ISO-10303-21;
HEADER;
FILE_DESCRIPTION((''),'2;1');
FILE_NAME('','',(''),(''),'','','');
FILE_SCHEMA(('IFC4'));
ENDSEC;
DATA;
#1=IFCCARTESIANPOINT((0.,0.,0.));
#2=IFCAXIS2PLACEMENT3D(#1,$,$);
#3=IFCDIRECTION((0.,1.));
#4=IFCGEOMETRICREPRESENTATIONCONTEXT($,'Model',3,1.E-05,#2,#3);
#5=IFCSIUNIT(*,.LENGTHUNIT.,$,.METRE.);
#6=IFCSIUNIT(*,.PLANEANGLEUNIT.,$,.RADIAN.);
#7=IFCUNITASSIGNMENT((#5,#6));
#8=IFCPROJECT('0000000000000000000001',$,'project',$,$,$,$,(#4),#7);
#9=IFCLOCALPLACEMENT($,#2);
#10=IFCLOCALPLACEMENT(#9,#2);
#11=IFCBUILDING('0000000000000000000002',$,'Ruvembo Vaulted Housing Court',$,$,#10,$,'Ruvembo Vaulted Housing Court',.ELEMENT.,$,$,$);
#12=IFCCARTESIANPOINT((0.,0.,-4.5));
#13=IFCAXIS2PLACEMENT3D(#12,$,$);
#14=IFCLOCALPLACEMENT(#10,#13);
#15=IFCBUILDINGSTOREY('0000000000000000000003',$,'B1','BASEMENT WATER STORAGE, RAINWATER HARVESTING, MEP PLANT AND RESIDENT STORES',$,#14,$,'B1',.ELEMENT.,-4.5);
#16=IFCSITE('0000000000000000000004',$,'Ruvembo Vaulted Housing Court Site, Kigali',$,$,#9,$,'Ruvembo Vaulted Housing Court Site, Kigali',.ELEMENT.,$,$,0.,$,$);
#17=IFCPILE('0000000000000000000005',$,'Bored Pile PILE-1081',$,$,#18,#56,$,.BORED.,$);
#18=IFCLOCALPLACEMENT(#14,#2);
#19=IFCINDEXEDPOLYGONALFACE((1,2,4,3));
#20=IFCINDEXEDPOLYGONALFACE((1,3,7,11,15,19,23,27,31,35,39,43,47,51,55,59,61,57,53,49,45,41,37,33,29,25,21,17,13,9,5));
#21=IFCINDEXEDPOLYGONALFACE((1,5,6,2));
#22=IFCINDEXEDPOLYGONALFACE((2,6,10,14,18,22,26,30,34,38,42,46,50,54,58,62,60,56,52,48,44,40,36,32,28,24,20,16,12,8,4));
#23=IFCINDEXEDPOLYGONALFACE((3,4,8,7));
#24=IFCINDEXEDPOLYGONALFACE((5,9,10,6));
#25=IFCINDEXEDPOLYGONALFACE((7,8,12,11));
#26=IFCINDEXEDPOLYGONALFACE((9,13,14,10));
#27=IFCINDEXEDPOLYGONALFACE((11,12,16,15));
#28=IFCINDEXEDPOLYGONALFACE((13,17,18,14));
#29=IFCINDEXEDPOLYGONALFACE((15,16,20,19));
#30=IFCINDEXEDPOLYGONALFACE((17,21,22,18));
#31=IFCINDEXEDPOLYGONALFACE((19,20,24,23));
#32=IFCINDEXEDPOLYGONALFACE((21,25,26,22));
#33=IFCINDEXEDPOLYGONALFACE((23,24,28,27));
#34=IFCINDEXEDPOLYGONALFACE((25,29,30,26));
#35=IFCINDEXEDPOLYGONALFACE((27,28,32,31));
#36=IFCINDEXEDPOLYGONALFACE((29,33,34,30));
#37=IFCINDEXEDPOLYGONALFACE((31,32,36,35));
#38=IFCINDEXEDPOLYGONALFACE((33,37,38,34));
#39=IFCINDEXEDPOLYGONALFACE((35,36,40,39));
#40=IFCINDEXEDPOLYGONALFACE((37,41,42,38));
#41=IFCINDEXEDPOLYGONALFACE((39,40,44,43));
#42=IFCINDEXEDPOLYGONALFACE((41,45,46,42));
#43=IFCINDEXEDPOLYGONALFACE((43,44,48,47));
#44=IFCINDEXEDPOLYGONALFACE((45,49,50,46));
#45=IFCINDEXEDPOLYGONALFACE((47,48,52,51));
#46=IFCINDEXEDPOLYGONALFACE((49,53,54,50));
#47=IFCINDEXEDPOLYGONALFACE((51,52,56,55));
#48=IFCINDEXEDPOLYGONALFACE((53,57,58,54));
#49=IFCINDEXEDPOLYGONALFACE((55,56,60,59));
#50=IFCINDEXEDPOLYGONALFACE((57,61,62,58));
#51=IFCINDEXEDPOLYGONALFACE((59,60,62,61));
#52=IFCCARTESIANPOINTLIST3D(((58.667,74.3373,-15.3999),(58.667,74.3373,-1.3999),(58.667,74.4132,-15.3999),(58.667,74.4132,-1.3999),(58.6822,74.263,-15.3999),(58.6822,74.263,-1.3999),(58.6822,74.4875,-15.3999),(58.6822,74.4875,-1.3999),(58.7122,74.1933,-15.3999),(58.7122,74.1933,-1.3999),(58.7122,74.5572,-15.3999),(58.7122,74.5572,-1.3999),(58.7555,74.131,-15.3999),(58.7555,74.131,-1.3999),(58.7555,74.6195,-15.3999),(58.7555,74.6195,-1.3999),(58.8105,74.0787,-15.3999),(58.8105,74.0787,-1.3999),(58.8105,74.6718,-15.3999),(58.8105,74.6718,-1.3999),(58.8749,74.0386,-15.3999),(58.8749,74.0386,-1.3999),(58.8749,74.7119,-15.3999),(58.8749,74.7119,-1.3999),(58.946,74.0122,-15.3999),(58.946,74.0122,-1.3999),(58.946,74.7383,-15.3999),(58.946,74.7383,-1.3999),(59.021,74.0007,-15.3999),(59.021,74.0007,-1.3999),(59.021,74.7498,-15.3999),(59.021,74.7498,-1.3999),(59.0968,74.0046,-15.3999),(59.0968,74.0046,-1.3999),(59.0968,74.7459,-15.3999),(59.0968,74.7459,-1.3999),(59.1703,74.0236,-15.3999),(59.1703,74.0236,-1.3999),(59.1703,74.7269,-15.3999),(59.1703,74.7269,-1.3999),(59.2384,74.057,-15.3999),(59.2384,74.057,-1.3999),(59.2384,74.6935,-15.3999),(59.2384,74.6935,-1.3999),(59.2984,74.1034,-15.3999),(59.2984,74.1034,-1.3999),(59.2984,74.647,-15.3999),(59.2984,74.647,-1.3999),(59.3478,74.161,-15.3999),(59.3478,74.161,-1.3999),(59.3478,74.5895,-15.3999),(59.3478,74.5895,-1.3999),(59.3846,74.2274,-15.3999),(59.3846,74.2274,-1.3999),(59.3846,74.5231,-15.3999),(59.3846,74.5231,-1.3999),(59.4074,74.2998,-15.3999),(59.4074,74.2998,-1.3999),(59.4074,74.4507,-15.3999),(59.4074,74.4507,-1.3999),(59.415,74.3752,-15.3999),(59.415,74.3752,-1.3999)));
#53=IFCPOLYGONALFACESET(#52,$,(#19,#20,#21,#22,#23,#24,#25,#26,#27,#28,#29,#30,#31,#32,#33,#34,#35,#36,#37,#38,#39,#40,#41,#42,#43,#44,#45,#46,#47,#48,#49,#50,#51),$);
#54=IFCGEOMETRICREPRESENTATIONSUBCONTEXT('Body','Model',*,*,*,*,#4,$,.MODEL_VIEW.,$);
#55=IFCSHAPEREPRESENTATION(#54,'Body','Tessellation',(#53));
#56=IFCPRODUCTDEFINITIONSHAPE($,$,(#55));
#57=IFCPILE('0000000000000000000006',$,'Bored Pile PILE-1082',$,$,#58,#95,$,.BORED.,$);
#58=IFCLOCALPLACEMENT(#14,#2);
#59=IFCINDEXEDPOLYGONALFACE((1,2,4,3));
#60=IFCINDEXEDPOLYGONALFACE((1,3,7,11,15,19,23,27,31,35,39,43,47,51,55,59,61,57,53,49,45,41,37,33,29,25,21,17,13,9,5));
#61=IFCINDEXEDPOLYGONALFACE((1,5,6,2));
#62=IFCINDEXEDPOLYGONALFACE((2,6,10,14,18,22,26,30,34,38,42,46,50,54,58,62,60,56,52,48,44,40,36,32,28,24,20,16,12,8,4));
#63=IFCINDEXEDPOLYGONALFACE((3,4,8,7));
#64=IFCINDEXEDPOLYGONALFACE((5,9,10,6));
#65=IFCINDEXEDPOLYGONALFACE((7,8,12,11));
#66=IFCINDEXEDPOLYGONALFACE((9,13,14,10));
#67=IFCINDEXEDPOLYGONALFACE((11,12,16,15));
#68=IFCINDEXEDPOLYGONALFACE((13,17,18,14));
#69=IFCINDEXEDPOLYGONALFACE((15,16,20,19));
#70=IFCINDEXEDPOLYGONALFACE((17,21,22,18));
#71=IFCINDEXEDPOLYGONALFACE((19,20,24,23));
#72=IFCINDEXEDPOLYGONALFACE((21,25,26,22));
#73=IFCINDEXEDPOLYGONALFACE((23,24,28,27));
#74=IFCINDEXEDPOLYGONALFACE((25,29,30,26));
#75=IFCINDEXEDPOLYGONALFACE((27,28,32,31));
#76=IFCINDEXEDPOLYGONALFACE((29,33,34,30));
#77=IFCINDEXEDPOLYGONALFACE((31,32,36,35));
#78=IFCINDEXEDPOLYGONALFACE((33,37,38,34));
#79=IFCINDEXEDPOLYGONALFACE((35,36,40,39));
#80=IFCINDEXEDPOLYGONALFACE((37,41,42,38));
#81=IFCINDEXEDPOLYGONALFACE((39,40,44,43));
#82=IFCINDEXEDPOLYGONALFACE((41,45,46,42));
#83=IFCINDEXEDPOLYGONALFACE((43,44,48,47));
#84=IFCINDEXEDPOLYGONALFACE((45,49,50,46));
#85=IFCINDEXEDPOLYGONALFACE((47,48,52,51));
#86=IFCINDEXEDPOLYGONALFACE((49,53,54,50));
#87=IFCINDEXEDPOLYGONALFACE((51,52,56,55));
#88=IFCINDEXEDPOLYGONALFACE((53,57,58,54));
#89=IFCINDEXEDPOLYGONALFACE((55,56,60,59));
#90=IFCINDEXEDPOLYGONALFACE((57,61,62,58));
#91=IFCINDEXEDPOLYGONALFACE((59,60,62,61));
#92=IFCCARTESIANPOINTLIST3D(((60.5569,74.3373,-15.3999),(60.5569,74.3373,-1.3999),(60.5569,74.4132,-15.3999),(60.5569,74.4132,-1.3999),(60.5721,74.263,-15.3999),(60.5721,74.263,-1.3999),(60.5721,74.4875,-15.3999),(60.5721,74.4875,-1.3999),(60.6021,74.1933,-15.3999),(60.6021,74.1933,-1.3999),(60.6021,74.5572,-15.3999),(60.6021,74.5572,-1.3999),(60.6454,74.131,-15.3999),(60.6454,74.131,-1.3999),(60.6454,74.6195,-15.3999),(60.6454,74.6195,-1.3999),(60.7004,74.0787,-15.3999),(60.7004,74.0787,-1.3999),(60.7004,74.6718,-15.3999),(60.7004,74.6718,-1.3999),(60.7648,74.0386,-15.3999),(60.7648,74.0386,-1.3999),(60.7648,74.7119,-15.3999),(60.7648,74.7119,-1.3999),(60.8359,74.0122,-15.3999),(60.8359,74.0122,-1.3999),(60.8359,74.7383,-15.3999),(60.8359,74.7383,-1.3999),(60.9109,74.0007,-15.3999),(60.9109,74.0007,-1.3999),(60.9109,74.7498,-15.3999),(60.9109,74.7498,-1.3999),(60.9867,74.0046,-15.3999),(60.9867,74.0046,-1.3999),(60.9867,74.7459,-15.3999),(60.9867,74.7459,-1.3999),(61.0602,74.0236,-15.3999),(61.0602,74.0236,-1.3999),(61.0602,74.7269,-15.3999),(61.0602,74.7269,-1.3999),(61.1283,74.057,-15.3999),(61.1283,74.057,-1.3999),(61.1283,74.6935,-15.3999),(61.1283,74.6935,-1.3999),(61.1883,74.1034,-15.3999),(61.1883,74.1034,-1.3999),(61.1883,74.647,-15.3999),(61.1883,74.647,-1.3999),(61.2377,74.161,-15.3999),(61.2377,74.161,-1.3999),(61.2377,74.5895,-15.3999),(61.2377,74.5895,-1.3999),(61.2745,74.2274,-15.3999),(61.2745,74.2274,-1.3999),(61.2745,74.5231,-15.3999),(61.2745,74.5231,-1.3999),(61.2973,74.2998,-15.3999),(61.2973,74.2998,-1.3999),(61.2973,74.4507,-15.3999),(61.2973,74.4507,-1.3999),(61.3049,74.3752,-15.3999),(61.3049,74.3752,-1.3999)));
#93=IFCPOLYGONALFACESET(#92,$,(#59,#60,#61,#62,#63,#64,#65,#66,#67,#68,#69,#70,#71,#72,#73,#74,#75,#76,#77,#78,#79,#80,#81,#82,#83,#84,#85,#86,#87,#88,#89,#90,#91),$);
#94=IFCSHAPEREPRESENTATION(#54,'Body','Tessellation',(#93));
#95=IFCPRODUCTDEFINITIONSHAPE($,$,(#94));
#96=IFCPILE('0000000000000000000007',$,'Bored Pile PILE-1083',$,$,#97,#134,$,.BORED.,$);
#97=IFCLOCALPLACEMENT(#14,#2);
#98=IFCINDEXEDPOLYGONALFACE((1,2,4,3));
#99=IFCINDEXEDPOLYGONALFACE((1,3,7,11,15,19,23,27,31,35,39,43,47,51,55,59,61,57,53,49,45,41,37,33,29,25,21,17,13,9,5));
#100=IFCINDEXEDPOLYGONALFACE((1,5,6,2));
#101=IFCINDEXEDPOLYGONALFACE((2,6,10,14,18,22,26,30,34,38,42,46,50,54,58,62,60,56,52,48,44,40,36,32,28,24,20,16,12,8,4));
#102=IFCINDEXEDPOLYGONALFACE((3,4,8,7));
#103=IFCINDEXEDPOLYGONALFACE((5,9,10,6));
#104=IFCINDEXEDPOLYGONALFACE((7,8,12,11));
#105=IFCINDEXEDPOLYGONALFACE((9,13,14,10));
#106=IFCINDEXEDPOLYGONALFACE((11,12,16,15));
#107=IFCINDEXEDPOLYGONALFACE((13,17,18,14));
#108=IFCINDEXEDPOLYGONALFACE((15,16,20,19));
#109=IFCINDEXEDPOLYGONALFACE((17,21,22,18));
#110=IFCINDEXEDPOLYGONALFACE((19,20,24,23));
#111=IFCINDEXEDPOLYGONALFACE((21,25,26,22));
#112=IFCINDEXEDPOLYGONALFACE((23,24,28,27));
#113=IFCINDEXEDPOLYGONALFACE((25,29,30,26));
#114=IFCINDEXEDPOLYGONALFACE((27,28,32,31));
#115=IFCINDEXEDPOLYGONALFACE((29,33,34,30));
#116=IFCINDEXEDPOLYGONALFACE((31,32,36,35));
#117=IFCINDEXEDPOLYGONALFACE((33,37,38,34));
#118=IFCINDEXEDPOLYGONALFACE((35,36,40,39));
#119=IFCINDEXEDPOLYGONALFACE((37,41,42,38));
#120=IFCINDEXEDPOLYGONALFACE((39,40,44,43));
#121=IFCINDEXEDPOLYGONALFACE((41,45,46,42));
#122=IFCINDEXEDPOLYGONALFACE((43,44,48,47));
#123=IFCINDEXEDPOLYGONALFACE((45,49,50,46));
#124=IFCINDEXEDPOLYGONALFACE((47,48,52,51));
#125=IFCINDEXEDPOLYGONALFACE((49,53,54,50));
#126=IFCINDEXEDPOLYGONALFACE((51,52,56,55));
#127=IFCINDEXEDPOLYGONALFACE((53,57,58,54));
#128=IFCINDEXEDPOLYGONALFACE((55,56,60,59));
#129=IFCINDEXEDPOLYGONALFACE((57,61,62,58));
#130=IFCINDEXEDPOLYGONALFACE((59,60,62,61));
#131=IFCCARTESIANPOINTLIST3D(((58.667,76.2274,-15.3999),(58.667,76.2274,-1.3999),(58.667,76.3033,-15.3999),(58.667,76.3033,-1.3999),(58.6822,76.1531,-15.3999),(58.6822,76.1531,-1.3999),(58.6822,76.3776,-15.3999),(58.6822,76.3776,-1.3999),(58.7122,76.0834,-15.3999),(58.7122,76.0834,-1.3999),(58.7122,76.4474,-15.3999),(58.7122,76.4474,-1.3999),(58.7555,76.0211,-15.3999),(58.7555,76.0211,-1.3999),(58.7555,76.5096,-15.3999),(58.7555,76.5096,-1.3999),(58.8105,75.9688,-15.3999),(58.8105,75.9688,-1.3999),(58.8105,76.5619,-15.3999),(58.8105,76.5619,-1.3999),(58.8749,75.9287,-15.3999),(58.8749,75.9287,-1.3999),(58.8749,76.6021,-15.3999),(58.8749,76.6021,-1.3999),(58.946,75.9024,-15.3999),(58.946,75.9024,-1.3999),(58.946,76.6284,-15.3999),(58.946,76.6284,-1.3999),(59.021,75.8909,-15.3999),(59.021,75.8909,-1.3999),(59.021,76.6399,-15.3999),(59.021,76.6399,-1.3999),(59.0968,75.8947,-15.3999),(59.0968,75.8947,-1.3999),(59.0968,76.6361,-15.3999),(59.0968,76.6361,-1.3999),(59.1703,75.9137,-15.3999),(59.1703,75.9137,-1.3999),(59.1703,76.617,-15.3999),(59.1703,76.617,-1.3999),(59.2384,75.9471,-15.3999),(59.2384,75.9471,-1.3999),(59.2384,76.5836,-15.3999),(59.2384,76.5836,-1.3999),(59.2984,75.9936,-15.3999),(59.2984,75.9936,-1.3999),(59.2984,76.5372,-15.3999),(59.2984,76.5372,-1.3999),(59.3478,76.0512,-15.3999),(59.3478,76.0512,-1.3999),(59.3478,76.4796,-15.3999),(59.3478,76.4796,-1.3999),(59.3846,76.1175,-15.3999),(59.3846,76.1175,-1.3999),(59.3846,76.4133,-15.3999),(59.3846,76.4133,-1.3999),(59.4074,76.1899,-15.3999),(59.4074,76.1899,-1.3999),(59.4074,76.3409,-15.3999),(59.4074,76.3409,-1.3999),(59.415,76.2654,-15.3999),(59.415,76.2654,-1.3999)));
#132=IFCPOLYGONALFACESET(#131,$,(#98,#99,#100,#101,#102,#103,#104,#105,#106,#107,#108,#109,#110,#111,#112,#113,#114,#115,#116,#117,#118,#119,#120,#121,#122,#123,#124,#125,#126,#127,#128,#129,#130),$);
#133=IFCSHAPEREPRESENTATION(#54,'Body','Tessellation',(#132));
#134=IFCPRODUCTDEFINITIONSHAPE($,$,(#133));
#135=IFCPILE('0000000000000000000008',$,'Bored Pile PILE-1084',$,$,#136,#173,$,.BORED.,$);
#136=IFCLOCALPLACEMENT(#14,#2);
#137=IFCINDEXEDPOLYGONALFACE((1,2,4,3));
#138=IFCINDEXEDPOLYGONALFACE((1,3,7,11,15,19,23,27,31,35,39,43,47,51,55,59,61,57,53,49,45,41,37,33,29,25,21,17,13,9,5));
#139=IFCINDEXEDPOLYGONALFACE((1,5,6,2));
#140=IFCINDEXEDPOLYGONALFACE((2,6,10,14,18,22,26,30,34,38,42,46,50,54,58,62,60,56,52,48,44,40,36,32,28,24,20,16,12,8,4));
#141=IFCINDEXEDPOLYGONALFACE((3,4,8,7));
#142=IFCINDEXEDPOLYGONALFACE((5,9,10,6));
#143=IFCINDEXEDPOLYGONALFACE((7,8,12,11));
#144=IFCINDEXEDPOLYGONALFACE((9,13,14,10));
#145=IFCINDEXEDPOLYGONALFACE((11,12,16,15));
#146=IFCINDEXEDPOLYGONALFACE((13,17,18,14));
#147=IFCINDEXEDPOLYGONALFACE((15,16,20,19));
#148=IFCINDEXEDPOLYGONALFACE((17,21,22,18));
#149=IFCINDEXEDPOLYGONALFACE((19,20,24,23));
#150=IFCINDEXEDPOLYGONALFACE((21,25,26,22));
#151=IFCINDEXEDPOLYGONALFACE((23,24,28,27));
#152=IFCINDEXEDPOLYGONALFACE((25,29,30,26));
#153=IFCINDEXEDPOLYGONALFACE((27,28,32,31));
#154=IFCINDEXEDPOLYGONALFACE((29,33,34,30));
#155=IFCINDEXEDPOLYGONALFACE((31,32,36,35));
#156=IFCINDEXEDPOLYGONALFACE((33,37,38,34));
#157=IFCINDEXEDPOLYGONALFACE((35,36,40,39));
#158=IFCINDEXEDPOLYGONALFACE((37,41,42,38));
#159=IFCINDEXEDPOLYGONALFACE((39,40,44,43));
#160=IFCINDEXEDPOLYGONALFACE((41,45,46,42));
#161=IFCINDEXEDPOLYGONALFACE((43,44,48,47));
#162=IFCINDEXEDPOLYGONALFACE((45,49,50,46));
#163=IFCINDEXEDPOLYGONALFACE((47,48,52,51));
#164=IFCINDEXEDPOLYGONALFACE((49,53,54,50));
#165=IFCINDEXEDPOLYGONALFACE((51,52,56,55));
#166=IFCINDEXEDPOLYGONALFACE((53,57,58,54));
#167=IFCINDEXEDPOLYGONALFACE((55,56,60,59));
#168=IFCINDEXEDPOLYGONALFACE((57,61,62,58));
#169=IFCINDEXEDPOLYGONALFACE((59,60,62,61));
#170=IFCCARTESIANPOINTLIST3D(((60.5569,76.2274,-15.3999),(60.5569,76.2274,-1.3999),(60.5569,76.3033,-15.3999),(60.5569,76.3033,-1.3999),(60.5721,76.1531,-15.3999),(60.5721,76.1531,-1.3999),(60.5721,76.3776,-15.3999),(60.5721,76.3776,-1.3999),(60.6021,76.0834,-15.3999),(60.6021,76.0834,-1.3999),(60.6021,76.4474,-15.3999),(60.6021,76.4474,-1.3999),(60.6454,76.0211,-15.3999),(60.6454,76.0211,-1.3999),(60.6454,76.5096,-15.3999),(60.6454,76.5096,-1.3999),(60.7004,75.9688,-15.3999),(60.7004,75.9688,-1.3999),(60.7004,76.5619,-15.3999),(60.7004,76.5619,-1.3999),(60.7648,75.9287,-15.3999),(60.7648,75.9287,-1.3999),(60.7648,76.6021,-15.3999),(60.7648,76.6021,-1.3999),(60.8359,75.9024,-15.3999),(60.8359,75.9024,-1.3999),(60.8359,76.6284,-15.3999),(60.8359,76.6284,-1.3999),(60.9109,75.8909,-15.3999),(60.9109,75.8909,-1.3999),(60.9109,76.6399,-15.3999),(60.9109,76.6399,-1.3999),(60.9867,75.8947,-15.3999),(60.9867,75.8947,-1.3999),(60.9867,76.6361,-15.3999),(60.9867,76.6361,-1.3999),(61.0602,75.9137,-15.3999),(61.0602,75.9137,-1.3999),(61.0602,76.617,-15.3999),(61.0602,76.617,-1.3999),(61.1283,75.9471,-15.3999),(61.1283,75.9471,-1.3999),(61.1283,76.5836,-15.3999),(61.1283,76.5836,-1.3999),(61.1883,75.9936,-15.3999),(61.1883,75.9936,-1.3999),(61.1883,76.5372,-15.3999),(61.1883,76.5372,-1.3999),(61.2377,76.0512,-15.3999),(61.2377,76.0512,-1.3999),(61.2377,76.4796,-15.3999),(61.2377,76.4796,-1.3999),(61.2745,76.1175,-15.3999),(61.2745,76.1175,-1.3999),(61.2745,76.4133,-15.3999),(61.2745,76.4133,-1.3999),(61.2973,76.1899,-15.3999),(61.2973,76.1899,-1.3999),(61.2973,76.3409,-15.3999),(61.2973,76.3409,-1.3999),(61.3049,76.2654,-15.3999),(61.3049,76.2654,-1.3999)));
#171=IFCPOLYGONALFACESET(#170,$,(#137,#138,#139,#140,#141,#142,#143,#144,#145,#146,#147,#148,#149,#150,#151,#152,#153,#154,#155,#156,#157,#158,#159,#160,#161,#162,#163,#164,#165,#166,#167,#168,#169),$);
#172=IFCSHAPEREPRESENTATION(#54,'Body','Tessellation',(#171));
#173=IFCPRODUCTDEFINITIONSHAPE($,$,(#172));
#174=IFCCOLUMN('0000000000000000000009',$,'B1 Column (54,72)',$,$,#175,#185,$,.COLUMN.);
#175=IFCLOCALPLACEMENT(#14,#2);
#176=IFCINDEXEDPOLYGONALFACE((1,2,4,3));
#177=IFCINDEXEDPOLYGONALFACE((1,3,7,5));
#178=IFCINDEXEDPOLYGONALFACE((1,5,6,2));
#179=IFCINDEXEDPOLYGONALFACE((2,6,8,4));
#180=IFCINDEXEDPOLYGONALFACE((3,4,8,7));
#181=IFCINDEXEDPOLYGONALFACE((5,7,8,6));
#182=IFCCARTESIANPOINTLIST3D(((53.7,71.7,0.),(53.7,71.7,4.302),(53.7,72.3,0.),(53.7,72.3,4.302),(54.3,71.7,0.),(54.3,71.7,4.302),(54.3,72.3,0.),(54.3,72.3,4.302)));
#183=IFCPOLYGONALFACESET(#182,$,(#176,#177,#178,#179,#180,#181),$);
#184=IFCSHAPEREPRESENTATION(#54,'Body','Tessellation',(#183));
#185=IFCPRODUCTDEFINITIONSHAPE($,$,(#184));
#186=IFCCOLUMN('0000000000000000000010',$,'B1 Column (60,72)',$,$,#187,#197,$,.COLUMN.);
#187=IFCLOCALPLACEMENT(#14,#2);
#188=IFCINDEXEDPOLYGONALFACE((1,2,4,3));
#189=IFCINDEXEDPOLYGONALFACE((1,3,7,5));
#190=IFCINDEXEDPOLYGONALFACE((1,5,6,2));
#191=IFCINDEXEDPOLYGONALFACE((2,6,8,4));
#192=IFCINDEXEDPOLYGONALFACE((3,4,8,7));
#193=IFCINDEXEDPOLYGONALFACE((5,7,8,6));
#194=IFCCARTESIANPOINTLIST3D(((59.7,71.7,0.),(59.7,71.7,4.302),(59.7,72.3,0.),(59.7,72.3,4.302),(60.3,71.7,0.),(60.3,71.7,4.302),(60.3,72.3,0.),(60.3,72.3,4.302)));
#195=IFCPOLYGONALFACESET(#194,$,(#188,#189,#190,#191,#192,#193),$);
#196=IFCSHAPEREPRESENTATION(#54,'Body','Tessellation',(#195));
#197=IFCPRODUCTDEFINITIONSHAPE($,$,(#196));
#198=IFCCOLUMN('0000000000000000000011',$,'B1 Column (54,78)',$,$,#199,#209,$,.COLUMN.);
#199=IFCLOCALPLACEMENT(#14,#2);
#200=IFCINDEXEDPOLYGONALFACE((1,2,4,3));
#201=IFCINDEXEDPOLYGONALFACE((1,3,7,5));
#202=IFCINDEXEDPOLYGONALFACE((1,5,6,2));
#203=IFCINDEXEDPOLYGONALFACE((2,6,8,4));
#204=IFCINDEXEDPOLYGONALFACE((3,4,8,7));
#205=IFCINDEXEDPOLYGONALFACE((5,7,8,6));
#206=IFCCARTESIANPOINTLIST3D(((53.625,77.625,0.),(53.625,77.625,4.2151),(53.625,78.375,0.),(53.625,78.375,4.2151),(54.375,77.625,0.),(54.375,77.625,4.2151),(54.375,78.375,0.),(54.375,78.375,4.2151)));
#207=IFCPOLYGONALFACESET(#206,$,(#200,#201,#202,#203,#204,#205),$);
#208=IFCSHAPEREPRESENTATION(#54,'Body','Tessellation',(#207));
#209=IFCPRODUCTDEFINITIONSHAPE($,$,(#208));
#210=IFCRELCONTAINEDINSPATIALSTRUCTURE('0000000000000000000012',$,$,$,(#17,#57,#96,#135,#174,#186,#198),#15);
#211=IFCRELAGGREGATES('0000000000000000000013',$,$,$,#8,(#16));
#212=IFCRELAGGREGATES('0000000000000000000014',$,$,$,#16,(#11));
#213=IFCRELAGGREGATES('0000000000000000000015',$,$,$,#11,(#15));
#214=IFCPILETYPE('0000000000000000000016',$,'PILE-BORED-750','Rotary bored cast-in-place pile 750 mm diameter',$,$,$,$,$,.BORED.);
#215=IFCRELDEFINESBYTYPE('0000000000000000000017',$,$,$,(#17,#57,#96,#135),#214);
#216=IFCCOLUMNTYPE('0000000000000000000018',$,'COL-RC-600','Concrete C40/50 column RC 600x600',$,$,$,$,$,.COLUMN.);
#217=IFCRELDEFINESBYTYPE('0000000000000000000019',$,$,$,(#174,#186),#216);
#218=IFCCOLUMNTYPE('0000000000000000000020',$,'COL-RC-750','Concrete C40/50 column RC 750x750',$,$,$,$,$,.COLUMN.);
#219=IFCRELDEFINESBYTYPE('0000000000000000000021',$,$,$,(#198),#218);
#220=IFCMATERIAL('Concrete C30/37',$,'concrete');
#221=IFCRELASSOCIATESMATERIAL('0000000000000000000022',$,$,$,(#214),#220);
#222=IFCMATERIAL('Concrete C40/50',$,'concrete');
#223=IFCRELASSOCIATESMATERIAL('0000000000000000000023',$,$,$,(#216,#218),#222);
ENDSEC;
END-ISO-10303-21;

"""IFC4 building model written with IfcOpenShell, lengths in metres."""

from ifc_helpers import new_model, si_unit, direction, frame, origin, origin_2d, place, context, subcontext, project, spatial, rectangle, circle, extrude, material, material_profile, profile_set, type_object, element, save


model = new_model("IFC4")

# Units and contexts
model_context = context("Model", 3, precision=1e-05, world=origin(), true_north=direction((0.0, 1.0)))
body_context = subcontext(model_context, "Body", "Model", "MODEL_VIEW")
ifc_project = project(units=[si_unit("LENGTHUNIT", "METRE"), si_unit("PLANEANGLEUNIT", "RADIAN")], contexts=[model_context])

# Site, building, storey
site_placement = place(None, origin())
site = spatial("IfcSite", under=ifc_project, at=site_placement, Name="Ruvembo Vaulted Housing Court Site, Kigali", LongName="Ruvembo Vaulted Housing Court Site, Kigali", CompositionType="ELEMENT", RefElevation=0.0)
building_placement = place(site_placement, origin())
building = spatial("IfcBuilding", under=site, at=building_placement, Name="Ruvembo Vaulted Housing Court", LongName="Ruvembo Vaulted Housing Court", CompositionType="ELEMENT")
storey_placement = place(building_placement, frame((0.0, 0.0, -4.5)))
storey = spatial("IfcBuildingStorey", under=building, at=storey_placement, Name="B1", Description="BASEMENT WATER STORAGE, RAINWATER HARVESTING, MEP PLANT AND RESIDENT STORES", LongName="B1", CompositionType="ELEMENT", Elevation=-4.5)

# Piles
ifc_material_1 = material(Name="Concrete C30/37", Category="concrete")
ifc_material_profile_1 = material_profile(ifc_material_1, circle(Radius=0.375, at=origin_2d()), Name="PILE D750")
ifc_profile_set_1 = profile_set([ifc_material_profile_1], Name="Concrete C30/37")
pile_type_1 = type_object("IfcPileType", Name="PILE-BORED-750", Description="Rotary bored cast-in-place pile 750 mm diameter", PredefinedType="BORED", material=ifc_profile_set_1)
for number, where, z_axis, x_axis, name in (
    (1, (59.04, 74.3752, -1.3999), (0.0, 0.0, -1.0), (1.0, 0.0, 0.0), "Bored Pile PILE-1081"),
    (2, (60.9299, 74.3752, -1.3999), (0.0, 0.0, -1.0), (1.0, 0.0, 0.0), "Bored Pile PILE-1082"),
    (3, (59.04, 76.2654, -1.3999), (0.0, 0.0, -1.0), (1.0, 0.0, 0.0), "Bored Pile PILE-1083"),
    (4, (60.9299, 76.2654, -1.3999), (0.0, 0.0, -1.0), (1.0, 0.0, 0.0), "Bored Pile PILE-1084"),
):
    element("IfcPile", number, at=place(storey_placement, frame(where, z_axis=z_axis, x_axis=x_axis)), inside=storey, type_object=pile_type_1, Name=name, PredefinedType="BORED", context=body_context, shape_type="SweptSolid", body=[
        extrude(circle(Radius=0.375, at=origin_2d()), origin(), (0.0, 0.0, 1.0), 14.0),
    ])

# Columns
ifc_material_2 = material(Name="Concrete C40/50", Category="concrete")
ifc_material_profile_2 = material_profile(ifc_material_2, rectangle(XDim=0.6001, YDim=0.6001, at=origin_2d()), Name="RC 600x600")
ifc_profile_set_2 = profile_set([ifc_material_profile_2], Name="Concrete C40/50")
column_type_1 = type_object("IfcColumnType", Name="COL-RC-600", Description="Concrete C40/50 column RC 600x600", PredefinedType="COLUMN", material=ifc_profile_set_2)
for number, where, z_axis, x_axis, name in (
    (5, (54.0, 72.0, 0.0), (0.0, 0.0, 1.0), (1.0, 0.0, 0.0), "B1 Column (54,72)"),
    (6, (60.0, 72.0, 0.0), (0.0, 0.0, 1.0), (1.0, 0.0, 0.0), "B1 Column (60,72)"),
):
    element("IfcColumn", number, at=place(storey_placement, frame(where, z_axis=z_axis, x_axis=x_axis)), inside=storey, type_object=column_type_1, Name=name, PredefinedType="COLUMN", context=body_context, shape_type="SweptSolid", body=[
        extrude(rectangle(XDim=0.6001, YDim=0.6001, at=origin_2d()), origin(), (0.0, 0.0, 1.0), 4.302),
    ])
ifc_material_profile_3 = material_profile(ifc_material_2, rectangle(XDim=0.75, YDim=0.75, at=origin_2d()), Name="RC 750x750")
ifc_profile_set_3 = profile_set([ifc_material_profile_3], Name="Concrete C40/50")
column_type_2 = type_object("IfcColumnType", Name="COL-RC-750", Description="Concrete C40/50 column RC 750x750", PredefinedType="COLUMN", material=ifc_profile_set_3)
for number, where, z_axis, x_axis, name in (
    (7, (54.0, 78.0, 0.0), (0.0, 0.0, 1.0), (1.0, 0.0, 0.0), "B1 Column (54,78)"),
):
    element("IfcColumn", number, at=place(storey_placement, frame(where, z_axis=z_axis, x_axis=x_axis)), inside=storey, type_object=column_type_2, Name=name, PredefinedType="COLUMN", context=body_context, shape_type="SweptSolid", body=[
        extrude(rectangle(XDim=0.75, YDim=0.75, at=origin_2d()), origin(), (0.0, 0.0, 1.0), 4.2151),
    ])

save(model, "model.ifc")
